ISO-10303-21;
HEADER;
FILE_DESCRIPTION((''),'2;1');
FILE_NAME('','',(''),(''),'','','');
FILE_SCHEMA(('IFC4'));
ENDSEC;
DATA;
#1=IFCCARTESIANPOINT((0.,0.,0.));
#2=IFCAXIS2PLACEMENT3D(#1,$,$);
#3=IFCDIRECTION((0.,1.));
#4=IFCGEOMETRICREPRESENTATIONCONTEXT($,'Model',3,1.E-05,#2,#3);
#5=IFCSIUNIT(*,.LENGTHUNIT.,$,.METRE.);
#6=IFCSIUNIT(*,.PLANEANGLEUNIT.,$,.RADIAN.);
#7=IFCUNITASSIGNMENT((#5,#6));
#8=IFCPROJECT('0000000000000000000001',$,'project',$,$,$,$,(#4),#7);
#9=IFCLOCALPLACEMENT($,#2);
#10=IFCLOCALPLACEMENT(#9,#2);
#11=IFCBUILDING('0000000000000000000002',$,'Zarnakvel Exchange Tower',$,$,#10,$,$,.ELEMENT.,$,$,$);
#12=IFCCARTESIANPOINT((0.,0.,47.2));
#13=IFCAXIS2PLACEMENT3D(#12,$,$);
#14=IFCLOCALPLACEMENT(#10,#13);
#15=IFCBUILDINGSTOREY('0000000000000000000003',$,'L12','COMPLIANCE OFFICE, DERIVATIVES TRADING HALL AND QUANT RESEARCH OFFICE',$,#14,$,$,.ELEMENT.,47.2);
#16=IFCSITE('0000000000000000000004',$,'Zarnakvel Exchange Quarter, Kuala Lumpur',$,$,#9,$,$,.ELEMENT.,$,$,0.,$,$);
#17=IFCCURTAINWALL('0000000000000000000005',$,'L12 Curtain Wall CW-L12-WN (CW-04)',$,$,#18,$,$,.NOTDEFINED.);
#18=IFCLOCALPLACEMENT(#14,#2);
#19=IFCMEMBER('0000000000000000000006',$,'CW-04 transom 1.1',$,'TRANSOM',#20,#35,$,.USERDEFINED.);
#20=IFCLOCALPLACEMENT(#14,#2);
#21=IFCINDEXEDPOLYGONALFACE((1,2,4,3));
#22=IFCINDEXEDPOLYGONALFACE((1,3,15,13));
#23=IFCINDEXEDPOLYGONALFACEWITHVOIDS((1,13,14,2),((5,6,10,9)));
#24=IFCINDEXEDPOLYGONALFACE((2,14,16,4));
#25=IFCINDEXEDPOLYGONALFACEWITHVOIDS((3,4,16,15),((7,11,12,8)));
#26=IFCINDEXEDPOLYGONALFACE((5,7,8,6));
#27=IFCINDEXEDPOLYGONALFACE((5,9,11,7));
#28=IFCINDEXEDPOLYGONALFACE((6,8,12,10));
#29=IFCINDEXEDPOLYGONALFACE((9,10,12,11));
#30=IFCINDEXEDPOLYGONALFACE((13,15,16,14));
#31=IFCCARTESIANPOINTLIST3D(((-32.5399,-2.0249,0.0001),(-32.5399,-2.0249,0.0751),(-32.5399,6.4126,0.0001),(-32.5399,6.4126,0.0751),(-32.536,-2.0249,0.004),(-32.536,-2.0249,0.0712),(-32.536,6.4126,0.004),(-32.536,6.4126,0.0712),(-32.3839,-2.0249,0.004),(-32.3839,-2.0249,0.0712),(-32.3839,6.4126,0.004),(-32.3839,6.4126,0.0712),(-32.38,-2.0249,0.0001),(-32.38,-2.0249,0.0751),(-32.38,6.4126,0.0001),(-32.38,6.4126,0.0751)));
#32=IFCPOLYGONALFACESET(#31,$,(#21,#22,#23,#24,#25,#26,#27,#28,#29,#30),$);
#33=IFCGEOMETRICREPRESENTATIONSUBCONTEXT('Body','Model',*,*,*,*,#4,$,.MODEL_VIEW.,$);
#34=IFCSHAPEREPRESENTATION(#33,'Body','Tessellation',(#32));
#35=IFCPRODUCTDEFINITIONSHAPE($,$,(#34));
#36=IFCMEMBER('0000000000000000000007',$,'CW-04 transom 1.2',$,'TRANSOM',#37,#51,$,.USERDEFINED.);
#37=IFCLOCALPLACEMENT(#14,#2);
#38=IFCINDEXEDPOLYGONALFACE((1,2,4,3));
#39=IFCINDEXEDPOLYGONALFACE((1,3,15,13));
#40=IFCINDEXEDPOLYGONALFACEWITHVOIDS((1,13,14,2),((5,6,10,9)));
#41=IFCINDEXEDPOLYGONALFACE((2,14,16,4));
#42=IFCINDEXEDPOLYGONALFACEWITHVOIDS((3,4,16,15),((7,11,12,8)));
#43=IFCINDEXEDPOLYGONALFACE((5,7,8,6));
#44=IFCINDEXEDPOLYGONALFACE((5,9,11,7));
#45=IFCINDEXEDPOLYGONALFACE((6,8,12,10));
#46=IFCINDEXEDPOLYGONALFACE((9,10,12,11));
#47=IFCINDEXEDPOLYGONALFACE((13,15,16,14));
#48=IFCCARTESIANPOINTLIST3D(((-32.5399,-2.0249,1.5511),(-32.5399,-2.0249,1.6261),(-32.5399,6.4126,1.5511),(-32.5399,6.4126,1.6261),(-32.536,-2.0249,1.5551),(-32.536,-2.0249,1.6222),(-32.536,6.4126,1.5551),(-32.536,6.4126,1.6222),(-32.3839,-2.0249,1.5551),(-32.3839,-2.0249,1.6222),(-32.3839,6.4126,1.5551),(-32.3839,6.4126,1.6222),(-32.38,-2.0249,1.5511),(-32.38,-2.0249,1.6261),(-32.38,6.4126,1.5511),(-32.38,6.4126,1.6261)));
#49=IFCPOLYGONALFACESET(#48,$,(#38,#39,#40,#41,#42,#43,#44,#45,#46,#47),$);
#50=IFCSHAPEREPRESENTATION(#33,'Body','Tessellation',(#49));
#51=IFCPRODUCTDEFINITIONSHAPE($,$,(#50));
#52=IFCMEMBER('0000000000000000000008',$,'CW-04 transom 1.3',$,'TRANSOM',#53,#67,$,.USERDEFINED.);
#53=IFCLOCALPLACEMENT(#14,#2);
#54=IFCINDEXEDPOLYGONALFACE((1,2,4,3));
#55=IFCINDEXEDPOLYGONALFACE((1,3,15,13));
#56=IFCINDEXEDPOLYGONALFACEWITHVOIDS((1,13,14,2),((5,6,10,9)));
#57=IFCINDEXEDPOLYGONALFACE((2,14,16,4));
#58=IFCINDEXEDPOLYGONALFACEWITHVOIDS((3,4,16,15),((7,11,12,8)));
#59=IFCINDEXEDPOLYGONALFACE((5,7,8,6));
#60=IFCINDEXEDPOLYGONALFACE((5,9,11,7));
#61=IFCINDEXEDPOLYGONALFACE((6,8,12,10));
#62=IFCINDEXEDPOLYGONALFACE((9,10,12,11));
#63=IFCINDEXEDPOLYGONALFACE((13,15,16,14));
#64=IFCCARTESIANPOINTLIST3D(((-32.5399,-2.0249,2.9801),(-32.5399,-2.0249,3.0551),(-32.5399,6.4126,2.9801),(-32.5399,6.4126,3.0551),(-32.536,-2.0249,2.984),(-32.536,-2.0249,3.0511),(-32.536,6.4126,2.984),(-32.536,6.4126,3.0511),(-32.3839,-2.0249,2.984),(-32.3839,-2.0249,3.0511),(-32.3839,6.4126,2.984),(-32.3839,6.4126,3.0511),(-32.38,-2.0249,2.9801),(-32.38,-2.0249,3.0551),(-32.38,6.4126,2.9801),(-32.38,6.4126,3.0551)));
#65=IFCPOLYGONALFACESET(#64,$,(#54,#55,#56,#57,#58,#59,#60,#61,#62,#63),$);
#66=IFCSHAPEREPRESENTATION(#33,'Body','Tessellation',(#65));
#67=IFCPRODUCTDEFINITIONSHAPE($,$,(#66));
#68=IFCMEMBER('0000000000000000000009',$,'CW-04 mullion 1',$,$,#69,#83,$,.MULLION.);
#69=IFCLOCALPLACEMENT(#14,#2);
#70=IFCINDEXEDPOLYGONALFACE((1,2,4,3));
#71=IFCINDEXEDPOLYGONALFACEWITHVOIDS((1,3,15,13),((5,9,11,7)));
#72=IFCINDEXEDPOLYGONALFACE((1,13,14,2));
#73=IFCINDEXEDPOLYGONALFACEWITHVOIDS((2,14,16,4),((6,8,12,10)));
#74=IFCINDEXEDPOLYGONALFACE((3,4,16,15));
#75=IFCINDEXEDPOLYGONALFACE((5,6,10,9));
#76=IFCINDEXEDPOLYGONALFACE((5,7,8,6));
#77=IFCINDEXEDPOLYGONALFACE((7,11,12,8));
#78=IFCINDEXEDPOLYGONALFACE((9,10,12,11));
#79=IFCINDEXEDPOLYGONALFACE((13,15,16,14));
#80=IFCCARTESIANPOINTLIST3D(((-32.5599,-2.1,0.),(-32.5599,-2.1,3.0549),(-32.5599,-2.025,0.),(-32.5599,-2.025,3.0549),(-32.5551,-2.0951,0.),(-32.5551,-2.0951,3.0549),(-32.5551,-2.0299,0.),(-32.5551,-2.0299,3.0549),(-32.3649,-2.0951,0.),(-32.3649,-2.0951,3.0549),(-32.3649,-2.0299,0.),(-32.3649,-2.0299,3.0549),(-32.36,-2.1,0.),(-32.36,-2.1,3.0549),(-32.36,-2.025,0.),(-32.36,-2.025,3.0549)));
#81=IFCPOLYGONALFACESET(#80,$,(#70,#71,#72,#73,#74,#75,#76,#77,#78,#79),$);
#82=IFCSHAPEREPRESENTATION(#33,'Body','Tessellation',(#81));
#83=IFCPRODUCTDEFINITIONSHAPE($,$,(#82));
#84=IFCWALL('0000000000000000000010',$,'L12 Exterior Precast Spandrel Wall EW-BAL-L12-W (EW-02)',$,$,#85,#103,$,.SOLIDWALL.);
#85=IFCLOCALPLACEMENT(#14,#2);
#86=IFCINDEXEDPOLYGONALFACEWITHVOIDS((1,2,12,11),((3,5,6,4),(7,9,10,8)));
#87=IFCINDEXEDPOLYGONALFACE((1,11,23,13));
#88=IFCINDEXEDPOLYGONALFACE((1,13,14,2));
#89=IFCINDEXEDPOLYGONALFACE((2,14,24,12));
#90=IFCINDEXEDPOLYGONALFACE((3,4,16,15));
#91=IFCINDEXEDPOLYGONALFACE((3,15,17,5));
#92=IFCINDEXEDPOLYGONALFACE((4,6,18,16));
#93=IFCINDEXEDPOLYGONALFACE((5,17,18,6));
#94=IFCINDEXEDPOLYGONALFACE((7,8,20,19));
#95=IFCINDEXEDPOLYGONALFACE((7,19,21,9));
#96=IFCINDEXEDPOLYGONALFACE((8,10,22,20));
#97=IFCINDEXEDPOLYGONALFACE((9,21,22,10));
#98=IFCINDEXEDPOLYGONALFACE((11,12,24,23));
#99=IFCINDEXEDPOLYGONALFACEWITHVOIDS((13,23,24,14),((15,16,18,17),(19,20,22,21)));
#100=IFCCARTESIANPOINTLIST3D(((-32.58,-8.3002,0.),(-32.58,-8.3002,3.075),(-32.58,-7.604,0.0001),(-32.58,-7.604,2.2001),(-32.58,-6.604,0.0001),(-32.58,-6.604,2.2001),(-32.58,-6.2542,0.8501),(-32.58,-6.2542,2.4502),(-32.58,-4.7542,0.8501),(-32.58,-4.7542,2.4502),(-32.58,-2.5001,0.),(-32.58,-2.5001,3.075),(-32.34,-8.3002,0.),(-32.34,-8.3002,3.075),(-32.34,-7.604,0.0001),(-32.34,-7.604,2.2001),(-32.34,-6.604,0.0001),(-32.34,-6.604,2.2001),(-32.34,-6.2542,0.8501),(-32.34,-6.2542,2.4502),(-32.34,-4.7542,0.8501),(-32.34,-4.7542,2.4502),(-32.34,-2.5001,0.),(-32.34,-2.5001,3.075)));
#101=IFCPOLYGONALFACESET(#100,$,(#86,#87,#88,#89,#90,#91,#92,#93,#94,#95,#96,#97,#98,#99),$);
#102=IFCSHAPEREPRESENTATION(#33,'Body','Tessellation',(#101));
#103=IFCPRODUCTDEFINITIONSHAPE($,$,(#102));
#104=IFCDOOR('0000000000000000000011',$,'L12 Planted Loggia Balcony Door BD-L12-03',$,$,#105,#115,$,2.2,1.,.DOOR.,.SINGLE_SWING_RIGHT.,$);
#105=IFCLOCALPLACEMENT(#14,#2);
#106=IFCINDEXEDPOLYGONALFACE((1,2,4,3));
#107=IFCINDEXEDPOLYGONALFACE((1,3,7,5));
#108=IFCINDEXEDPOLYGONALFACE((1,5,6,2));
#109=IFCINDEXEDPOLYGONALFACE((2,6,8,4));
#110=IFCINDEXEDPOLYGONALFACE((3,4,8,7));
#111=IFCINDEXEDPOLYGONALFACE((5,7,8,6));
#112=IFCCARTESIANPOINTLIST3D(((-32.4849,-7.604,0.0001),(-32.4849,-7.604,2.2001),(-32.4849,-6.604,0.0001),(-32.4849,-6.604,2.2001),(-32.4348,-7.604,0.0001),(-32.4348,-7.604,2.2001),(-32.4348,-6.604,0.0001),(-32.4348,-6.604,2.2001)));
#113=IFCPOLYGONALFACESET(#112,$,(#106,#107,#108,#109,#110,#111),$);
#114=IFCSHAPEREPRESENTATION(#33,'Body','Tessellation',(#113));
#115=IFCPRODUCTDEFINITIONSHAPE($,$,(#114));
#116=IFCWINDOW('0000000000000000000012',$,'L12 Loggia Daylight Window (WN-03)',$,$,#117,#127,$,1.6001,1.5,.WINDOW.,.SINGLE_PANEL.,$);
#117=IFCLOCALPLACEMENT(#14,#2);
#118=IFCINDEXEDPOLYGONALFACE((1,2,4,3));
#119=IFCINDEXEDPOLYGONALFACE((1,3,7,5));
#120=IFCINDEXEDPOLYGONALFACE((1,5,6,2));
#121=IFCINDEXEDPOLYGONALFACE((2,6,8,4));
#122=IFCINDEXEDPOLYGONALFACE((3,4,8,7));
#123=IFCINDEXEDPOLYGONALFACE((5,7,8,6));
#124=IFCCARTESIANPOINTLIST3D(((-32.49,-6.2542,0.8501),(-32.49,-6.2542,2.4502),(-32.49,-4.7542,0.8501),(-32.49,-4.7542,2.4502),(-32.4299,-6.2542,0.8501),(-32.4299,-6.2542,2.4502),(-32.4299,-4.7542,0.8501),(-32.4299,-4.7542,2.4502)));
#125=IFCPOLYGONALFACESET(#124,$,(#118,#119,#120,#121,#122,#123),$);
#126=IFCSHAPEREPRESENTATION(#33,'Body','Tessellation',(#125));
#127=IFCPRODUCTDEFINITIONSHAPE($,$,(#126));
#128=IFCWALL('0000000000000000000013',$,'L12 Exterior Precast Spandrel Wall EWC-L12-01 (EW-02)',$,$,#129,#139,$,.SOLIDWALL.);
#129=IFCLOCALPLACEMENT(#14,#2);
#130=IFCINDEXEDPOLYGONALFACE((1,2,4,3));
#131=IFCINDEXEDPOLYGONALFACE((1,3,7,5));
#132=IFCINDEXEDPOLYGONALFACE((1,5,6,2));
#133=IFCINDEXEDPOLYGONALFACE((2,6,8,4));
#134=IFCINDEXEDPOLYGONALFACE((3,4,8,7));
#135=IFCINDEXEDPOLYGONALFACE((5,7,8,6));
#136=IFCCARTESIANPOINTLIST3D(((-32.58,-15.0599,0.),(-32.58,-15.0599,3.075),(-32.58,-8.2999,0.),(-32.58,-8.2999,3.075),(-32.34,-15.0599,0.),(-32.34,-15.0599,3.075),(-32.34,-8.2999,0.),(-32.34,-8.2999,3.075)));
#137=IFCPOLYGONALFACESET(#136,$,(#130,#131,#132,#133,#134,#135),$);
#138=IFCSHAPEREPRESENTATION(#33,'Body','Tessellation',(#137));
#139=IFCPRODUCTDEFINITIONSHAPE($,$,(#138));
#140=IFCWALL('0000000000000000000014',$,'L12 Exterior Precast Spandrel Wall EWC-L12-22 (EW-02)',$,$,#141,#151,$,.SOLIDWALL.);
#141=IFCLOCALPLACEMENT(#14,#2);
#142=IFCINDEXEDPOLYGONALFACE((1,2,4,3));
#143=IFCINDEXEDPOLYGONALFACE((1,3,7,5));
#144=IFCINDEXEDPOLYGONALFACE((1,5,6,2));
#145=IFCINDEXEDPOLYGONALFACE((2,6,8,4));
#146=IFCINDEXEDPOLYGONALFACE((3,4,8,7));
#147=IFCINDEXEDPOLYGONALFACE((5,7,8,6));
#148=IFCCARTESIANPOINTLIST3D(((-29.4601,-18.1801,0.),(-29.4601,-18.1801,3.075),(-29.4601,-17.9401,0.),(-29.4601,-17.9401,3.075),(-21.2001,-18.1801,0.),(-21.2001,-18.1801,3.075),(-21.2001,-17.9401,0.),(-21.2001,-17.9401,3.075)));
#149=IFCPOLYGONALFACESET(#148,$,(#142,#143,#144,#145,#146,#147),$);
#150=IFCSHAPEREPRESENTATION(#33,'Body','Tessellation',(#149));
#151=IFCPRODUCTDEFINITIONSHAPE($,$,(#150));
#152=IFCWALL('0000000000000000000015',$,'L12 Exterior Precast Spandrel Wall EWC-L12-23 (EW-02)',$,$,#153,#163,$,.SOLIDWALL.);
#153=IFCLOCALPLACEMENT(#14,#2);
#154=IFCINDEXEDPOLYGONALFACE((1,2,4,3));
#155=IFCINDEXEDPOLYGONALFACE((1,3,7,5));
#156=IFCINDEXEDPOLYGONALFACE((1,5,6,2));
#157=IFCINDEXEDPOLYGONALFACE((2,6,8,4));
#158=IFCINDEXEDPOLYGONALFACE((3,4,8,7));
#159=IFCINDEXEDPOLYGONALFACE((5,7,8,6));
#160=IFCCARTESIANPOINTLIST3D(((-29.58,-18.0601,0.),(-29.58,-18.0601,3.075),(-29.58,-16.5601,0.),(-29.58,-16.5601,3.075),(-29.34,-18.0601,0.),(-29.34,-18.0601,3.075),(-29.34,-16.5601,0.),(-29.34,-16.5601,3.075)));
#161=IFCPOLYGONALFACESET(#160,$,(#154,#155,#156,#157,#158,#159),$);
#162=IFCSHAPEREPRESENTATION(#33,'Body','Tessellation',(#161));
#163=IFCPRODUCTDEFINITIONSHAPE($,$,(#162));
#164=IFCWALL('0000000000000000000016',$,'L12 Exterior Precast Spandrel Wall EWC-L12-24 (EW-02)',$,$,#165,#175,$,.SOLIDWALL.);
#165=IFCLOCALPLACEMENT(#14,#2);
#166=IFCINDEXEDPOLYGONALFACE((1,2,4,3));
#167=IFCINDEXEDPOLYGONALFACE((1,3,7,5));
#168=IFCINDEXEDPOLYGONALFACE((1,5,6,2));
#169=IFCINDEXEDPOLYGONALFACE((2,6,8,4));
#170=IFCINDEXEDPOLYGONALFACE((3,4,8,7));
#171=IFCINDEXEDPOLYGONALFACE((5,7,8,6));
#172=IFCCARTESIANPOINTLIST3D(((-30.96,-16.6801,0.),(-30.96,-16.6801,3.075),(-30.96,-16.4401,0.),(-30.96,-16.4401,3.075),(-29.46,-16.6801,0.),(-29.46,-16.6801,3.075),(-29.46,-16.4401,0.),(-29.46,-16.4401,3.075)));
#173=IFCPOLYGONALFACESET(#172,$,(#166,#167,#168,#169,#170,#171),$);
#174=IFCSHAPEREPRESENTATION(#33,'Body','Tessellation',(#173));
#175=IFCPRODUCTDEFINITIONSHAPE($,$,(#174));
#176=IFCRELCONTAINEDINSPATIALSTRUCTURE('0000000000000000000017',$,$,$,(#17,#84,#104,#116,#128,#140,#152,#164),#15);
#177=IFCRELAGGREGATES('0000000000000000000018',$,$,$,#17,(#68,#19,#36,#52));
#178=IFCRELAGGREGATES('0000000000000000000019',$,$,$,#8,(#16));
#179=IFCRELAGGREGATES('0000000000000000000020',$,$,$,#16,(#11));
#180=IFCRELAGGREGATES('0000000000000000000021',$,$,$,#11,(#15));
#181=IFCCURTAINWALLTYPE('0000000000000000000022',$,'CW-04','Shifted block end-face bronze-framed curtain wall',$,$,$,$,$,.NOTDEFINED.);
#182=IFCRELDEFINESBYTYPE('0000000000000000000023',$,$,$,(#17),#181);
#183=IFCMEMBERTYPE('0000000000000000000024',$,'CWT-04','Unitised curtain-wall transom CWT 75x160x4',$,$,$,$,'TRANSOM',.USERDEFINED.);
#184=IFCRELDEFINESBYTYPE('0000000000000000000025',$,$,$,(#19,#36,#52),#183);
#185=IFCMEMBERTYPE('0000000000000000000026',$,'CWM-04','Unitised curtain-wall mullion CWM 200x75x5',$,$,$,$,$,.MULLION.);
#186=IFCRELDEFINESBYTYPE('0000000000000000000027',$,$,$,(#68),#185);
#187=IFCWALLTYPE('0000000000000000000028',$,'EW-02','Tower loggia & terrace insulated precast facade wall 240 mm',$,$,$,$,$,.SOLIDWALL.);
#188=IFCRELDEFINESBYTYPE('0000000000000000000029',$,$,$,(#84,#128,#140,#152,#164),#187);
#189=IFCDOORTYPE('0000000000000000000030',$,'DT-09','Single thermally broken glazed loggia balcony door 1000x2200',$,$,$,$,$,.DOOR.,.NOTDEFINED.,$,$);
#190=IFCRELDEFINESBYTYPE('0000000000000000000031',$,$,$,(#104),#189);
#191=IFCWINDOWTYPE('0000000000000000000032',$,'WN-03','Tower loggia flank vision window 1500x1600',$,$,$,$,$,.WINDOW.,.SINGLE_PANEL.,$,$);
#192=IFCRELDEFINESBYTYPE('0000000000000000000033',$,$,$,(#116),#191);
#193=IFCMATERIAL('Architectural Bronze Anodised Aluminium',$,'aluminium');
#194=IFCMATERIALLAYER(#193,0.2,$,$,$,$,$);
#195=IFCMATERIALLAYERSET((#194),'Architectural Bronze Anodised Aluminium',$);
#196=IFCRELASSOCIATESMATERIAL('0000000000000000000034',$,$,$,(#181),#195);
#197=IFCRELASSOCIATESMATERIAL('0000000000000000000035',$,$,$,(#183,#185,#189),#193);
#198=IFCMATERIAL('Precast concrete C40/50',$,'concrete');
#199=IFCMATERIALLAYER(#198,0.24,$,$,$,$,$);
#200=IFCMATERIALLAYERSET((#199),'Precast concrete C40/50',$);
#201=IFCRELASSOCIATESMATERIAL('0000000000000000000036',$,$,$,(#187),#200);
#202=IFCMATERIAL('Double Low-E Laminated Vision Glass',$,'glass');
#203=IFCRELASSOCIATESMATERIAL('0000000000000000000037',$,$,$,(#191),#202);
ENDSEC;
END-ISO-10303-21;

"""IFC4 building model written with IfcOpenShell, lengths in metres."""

from ifc_helpers import new_model, si_unit, direction, frame, frame_2d, origin, origin_2d, place, context, subcontext, project, spatial, rectangle, hollow_rectangle, extrude, source, transform, mapped, material, layer, layer_set, material_profile, profile_set, type_object, element, fill, aggregate, save


model = new_model("IFC4")

# Units and contexts
model_context = context("Model", 3, precision=1e-05, world=origin(), true_north=direction((0.0, 1.0)))
body_context = subcontext(model_context, "Body", "Model", "MODEL_VIEW")
ifc_project = project(units=[si_unit("LENGTHUNIT", "METRE"), si_unit("PLANEANGLEUNIT", "RADIAN")], contexts=[model_context])

# Site, building, storey
site_placement = place(None, origin())
site = spatial("IfcSite", under=ifc_project, at=site_placement, Name="Zarnakvel Exchange Quarter, Kuala Lumpur", CompositionType="ELEMENT", RefElevation=0.0)
building_placement = place(site_placement, origin())
building = spatial("IfcBuilding", under=site, at=building_placement, Name="Zarnakvel Exchange Tower", CompositionType="ELEMENT")
storey_placement = place(building_placement, frame((0.0, 0.0, 47.2)))
storey = spatial("IfcBuildingStorey", under=building, at=storey_placement, Name="L12", Description="COMPLIANCE OFFICE, DERIVATIVES TRADING HALL AND QUANT RESEARCH OFFICE", CompositionType="ELEMENT", Elevation=47.2)

# Curtain wall, members
ifc_material_1 = material(Name="Architectural Bronze Anodised Aluminium", Category="aluminium")
ifc_layer_1 = layer(ifc_material_1, 0.2)
ifc_layer_set_1 = layer_set([ifc_layer_1], Name="Architectural Bronze Anodised Aluminium")
curtain_wall_type = type_object("IfcCurtainWallType", Name="CW-04", Description="Shifted block end-face bronze-framed curtain wall", PredefinedType="NOTDEFINED", material=ifc_layer_set_1)
curtain_wall_placement = place(storey_placement, origin())
curtain_wall = element("IfcCurtainWall", 1, at=curtain_wall_placement, inside=storey, type_object=curtain_wall_type, Name="L12 Curtain Wall CW-L12-WN (CW-04)", PredefinedType="NOTDEFINED")
ifc_material_profile_1 = material_profile(ifc_material_1, hollow_rectangle(XDim=0.1599, YDim=0.075, WallThickness=0.0039, at=origin_2d()))
ifc_profile_set_1 = profile_set([ifc_material_profile_1], Name="Architectural Bronze Anodised Aluminium")
member_type_1 = type_object("IfcMemberType", Name="CWT-04", Description="Unitised curtain-wall transom CWT 75x160x4", ElementType="TRANSOM", PredefinedType="USERDEFINED", material=ifc_profile_set_1)
shared_shape_1 = source(origin(), body_context, "Body", "SweptSolid", [
    extrude(hollow_rectangle(XDim=0.1599, YDim=0.075, WallThickness=0.0039, at=origin_2d()), origin(), (0.0, 0.0, 1.0), 8.4375),
])
member_1_placement = place(storey_placement, frame((-32.46, -2.0249, 0.0376), z_axis=(0.0, 1.0, 0.0), x_axis=(-1.0, 0.0, 0.0)))
member_1 = element("IfcMember", 2, at=member_1_placement, type_object=member_type_1, Name="CW-04 transom 1.1", ObjectType="TRANSOM", PredefinedType="USERDEFINED", context=body_context, shape_type="MappedRepresentation", body=[
    mapped(shared_shape_1, transform((0.0, 0.0, 0.0), x_axis=(1.0, 0.0, 0.0), y_axis=(0.0, 1.0, 0.0), z_axis=(0.0, 0.0, 1.0), scale=1.0)),
])
member_2_placement = place(storey_placement, frame((-32.46, -2.0249, 1.5886), z_axis=(0.0, 1.0, 0.0), x_axis=(-1.0, 0.0, 0.0)))
member_2 = element("IfcMember", 3, at=member_2_placement, type_object=member_type_1, Name="CW-04 transom 1.2", ObjectType="TRANSOM", PredefinedType="USERDEFINED", context=body_context, shape_type="MappedRepresentation", body=[
    mapped(shared_shape_1, transform((0.0, 0.0, 0.0), x_axis=(1.0, 0.0, 0.0), y_axis=(0.0, 1.0, 0.0), z_axis=(0.0, 0.0, 1.0), scale=1.0)),
])
member_3_placement = place(storey_placement, frame((-32.46, -2.0249, 3.0176), z_axis=(0.0, 1.0, 0.0), x_axis=(-1.0, 0.0, 0.0)))
member_3 = element("IfcMember", 4, at=member_3_placement, type_object=member_type_1, Name="CW-04 transom 1.3", ObjectType="TRANSOM", PredefinedType="USERDEFINED", context=body_context, shape_type="MappedRepresentation", body=[
    mapped(shared_shape_1, transform((0.0, 0.0, 0.0), x_axis=(1.0, 0.0, 0.0), y_axis=(0.0, 1.0, 0.0), z_axis=(0.0, 0.0, 1.0), scale=1.0)),
])
ifc_material_profile_2 = material_profile(ifc_material_1, hollow_rectangle(XDim=0.2, YDim=0.075, WallThickness=0.0049, at=origin_2d()))
ifc_profile_set_2 = profile_set([ifc_material_profile_2], Name="Architectural Bronze Anodised Aluminium")
member_type_2 = type_object("IfcMemberType", Name="CWM-04", Description="Unitised curtain-wall mullion CWM 200x75x5", PredefinedType="MULLION", material=ifc_profile_set_2)
shared_shape_2 = source(origin(), body_context, "Body", "SweptSolid", [
    extrude(hollow_rectangle(XDim=0.2, YDim=0.075, WallThickness=0.0049, at=origin_2d()), origin(), (0.0, 0.0, 1.0), 3.0549),
])
member_4_placement = place(storey_placement, frame((-32.46, -2.0625, 0.0), z_axis=(0.0, 0.0, 1.0), x_axis=(-1.0, 0.0, 0.0)))
member_4 = element("IfcMember", 5, at=member_4_placement, type_object=member_type_2, Name="CW-04 mullion 1", PredefinedType="MULLION", context=body_context, shape_type="MappedRepresentation", body=[
    mapped(shared_shape_2, transform((0.0, 0.0, 0.0), x_axis=(1.0, 0.0, 0.0), y_axis=(0.0, 1.0, 0.0), z_axis=(0.0, 0.0, 1.0), scale=1.0)),
])
aggregate(curtain_wall, [member_4, member_1, member_2, member_3])

# Wall, openings, door, window
ifc_material_2 = material(Name="Precast concrete C40/50", Category="concrete")
ifc_layer_2 = layer(ifc_material_2, 0.24)
ifc_layer_set_2 = layer_set([ifc_layer_2], Name="Precast concrete C40/50")
wall_type_1 = type_object("IfcWallType", Name="EW-02", Description="Tower loggia & terrace insulated precast facade wall 240 mm", PredefinedType="SOLIDWALL", material=ifc_layer_set_2)
wall_1_placement = place(storey_placement, frame((-32.46, -8.3, 0.0), z_axis=(0.0, 0.0, 1.0), x_axis=(0.0, 1.0, 0.0)))
wall_1 = element("IfcWall", 6, at=wall_1_placement, inside=storey, type_object=wall_type_1, Name="L12 Exterior Precast Spandrel Wall EW-BAL-L12-W (EW-02)", PredefinedType="SOLIDWALL", context=body_context, shape_type="SweptSolid", body=[
    extrude(rectangle(XDim=5.8, YDim=0.24, at=frame_2d((2.8999, 0.0))), origin(), (0.0, 0.0, 1.0), 3.075),
])
opening_1_placement = place(wall_1_placement, frame((0.696, 0.0, 0.0)))
opening_1 = element("IfcOpeningElement", 7, at=opening_1_placement, cuts=wall_1, PredefinedType="OPENING", context=body_context, shape_type="SweptSolid", body=[
    extrude(rectangle(XDim=1.0, YDim=2.2, at=frame_2d((0.5, 1.1001))), frame((0.0, 0.1299, 0.0), z_axis=(0.0, -1.0, 0.0), x_axis=(1.0, 0.0, 0.0)), (0.0, 0.0, 1.0), 0.26),
])
opening_2_placement = place(wall_1_placement, frame((2.0459, 0.0, 0.8501)))
opening_2 = element("IfcOpeningElement", 8, at=opening_2_placement, cuts=wall_1, PredefinedType="OPENING", context=body_context, shape_type="SweptSolid", body=[
    extrude(rectangle(XDim=1.5, YDim=1.6001, at=frame_2d((0.75, 0.8))), frame((0.0, 0.1299, 0.0), z_axis=(0.0, -1.0, 0.0), x_axis=(1.0, 0.0, 0.0)), (0.0, 0.0, 1.0), 0.26),
])
door_type = type_object("IfcDoorType", Name="DT-09", Description="Single thermally broken glazed loggia balcony door 1000x2200", OperationType="NOTDEFINED", PredefinedType="DOOR", material=ifc_material_1)
shared_shape_3 = source(origin(), body_context, "Body", "SweptSolid", [
    extrude(rectangle(XDim=1.0, YDim=2.2, at=frame_2d((0.5, 1.1001))), frame((0.0, 0.0249, 0.0), z_axis=(0.0, -1.0, 0.0), x_axis=(1.0, 0.0, 0.0)), (0.0, 0.0, 1.0), 0.05),
])
door_placement = place(opening_1_placement, origin())
door = element("IfcDoor", 9, at=door_placement, inside=storey, type_object=door_type, Name="L12 Planted Loggia Balcony Door BD-L12-03", OperationType="SINGLE_SWING_RIGHT", OverallHeight=2.2, OverallWidth=1.0, PredefinedType="DOOR", context=body_context, shape_type="MappedRepresentation", body=[
    mapped(shared_shape_3, transform((0.0, 0.0, 0.0), x_axis=(1.0, 0.0, 0.0), y_axis=(0.0, 1.0, 0.0), z_axis=(0.0, 0.0, 1.0), scale=1.0)),
])
fill(opening_1, door)
ifc_material_3 = material(Name="Double Low-E Laminated Vision Glass", Category="glass")
window_type = type_object("IfcWindowType", Name="WN-03", Description="Tower loggia flank vision window 1500x1600", PartitioningType="SINGLE_PANEL", PredefinedType="WINDOW", material=ifc_material_3)
shared_shape_4 = source(origin(), body_context, "Body", "SweptSolid", [
    extrude(rectangle(XDim=1.5, YDim=1.6001, at=frame_2d((0.75, 0.8))), frame((0.0, 0.03, 0.0), z_axis=(0.0, -1.0, 0.0), x_axis=(1.0, 0.0, 0.0)), (0.0, 0.0, 1.0), 0.0601),
])
window_placement = place(opening_2_placement, origin())
window = element("IfcWindow", 10, at=window_placement, inside=storey, type_object=window_type, Name="L12 Loggia Daylight Window (WN-03)", OverallHeight=1.6001, OverallWidth=1.5, PartitioningType="SINGLE_PANEL", PredefinedType="WINDOW", context=body_context, shape_type="MappedRepresentation", body=[
    mapped(shared_shape_4, transform((0.0, 0.0, 0.0), x_axis=(1.0, 0.0, 0.0), y_axis=(0.0, 1.0, 0.0), z_axis=(0.0, 0.0, 1.0), scale=1.0)),
])
fill(opening_2, window)

# Walls
wall_2_placement = place(storey_placement, frame((-32.46, -8.3, 0.0), z_axis=(0.0, 0.0, 1.0), x_axis=(0.0, -1.0, 0.0)))
element("IfcWall", 11, at=wall_2_placement, inside=storey, type_object=wall_type_1, Name="L12 Exterior Precast Spandrel Wall EWC-L12-01 (EW-02)", PredefinedType="SOLIDWALL", context=body_context, shape_type="SweptSolid", body=[
    extrude(rectangle(XDim=6.76, YDim=0.24, at=frame_2d((3.3799, 0.0))), origin(), (0.0, 0.0, 1.0), 3.075),
])
wall_3_placement = place(storey_placement, frame((-29.46, -18.0601, 0.0), z_axis=(0.0, 0.0, 1.0), x_axis=(1.0, 0.0, 0.0)))
element("IfcWall", 12, at=wall_3_placement, inside=storey, type_object=wall_type_1, Name="L12 Exterior Precast Spandrel Wall EWC-L12-22 (EW-02)", PredefinedType="SOLIDWALL", context=body_context, shape_type="SweptSolid", body=[
    extrude(rectangle(XDim=8.26, YDim=0.24, at=frame_2d((4.1299, 0.0))), origin(), (0.0, 0.0, 1.0), 3.075),
])
for number, where, z_axis, x_axis, name in (
    (13, (-29.46, -16.5601, 0.0), (0.0, 0.0, 1.0), (0.0, -1.0, 0.0), "L12 Exterior Precast Spandrel Wall EWC-L12-23 (EW-02)"),
    (14, (-30.96, -16.5601, 0.0), (0.0, 0.0, 1.0), (1.0, 0.0, 0.0), "L12 Exterior Precast Spandrel Wall EWC-L12-24 (EW-02)"),
):
    element("IfcWall", number, at=place(storey_placement, frame(where, z_axis=z_axis, x_axis=x_axis)), inside=storey, type_object=wall_type_1, Name=name, PredefinedType="SOLIDWALL", context=body_context, shape_type="SweptSolid", body=[
        extrude(rectangle(XDim=1.5, YDim=0.24, at=frame_2d((0.75, 0.0))), origin(), (0.0, 0.0, 1.0), 3.075),
    ])

save(model, "model.ifc")
